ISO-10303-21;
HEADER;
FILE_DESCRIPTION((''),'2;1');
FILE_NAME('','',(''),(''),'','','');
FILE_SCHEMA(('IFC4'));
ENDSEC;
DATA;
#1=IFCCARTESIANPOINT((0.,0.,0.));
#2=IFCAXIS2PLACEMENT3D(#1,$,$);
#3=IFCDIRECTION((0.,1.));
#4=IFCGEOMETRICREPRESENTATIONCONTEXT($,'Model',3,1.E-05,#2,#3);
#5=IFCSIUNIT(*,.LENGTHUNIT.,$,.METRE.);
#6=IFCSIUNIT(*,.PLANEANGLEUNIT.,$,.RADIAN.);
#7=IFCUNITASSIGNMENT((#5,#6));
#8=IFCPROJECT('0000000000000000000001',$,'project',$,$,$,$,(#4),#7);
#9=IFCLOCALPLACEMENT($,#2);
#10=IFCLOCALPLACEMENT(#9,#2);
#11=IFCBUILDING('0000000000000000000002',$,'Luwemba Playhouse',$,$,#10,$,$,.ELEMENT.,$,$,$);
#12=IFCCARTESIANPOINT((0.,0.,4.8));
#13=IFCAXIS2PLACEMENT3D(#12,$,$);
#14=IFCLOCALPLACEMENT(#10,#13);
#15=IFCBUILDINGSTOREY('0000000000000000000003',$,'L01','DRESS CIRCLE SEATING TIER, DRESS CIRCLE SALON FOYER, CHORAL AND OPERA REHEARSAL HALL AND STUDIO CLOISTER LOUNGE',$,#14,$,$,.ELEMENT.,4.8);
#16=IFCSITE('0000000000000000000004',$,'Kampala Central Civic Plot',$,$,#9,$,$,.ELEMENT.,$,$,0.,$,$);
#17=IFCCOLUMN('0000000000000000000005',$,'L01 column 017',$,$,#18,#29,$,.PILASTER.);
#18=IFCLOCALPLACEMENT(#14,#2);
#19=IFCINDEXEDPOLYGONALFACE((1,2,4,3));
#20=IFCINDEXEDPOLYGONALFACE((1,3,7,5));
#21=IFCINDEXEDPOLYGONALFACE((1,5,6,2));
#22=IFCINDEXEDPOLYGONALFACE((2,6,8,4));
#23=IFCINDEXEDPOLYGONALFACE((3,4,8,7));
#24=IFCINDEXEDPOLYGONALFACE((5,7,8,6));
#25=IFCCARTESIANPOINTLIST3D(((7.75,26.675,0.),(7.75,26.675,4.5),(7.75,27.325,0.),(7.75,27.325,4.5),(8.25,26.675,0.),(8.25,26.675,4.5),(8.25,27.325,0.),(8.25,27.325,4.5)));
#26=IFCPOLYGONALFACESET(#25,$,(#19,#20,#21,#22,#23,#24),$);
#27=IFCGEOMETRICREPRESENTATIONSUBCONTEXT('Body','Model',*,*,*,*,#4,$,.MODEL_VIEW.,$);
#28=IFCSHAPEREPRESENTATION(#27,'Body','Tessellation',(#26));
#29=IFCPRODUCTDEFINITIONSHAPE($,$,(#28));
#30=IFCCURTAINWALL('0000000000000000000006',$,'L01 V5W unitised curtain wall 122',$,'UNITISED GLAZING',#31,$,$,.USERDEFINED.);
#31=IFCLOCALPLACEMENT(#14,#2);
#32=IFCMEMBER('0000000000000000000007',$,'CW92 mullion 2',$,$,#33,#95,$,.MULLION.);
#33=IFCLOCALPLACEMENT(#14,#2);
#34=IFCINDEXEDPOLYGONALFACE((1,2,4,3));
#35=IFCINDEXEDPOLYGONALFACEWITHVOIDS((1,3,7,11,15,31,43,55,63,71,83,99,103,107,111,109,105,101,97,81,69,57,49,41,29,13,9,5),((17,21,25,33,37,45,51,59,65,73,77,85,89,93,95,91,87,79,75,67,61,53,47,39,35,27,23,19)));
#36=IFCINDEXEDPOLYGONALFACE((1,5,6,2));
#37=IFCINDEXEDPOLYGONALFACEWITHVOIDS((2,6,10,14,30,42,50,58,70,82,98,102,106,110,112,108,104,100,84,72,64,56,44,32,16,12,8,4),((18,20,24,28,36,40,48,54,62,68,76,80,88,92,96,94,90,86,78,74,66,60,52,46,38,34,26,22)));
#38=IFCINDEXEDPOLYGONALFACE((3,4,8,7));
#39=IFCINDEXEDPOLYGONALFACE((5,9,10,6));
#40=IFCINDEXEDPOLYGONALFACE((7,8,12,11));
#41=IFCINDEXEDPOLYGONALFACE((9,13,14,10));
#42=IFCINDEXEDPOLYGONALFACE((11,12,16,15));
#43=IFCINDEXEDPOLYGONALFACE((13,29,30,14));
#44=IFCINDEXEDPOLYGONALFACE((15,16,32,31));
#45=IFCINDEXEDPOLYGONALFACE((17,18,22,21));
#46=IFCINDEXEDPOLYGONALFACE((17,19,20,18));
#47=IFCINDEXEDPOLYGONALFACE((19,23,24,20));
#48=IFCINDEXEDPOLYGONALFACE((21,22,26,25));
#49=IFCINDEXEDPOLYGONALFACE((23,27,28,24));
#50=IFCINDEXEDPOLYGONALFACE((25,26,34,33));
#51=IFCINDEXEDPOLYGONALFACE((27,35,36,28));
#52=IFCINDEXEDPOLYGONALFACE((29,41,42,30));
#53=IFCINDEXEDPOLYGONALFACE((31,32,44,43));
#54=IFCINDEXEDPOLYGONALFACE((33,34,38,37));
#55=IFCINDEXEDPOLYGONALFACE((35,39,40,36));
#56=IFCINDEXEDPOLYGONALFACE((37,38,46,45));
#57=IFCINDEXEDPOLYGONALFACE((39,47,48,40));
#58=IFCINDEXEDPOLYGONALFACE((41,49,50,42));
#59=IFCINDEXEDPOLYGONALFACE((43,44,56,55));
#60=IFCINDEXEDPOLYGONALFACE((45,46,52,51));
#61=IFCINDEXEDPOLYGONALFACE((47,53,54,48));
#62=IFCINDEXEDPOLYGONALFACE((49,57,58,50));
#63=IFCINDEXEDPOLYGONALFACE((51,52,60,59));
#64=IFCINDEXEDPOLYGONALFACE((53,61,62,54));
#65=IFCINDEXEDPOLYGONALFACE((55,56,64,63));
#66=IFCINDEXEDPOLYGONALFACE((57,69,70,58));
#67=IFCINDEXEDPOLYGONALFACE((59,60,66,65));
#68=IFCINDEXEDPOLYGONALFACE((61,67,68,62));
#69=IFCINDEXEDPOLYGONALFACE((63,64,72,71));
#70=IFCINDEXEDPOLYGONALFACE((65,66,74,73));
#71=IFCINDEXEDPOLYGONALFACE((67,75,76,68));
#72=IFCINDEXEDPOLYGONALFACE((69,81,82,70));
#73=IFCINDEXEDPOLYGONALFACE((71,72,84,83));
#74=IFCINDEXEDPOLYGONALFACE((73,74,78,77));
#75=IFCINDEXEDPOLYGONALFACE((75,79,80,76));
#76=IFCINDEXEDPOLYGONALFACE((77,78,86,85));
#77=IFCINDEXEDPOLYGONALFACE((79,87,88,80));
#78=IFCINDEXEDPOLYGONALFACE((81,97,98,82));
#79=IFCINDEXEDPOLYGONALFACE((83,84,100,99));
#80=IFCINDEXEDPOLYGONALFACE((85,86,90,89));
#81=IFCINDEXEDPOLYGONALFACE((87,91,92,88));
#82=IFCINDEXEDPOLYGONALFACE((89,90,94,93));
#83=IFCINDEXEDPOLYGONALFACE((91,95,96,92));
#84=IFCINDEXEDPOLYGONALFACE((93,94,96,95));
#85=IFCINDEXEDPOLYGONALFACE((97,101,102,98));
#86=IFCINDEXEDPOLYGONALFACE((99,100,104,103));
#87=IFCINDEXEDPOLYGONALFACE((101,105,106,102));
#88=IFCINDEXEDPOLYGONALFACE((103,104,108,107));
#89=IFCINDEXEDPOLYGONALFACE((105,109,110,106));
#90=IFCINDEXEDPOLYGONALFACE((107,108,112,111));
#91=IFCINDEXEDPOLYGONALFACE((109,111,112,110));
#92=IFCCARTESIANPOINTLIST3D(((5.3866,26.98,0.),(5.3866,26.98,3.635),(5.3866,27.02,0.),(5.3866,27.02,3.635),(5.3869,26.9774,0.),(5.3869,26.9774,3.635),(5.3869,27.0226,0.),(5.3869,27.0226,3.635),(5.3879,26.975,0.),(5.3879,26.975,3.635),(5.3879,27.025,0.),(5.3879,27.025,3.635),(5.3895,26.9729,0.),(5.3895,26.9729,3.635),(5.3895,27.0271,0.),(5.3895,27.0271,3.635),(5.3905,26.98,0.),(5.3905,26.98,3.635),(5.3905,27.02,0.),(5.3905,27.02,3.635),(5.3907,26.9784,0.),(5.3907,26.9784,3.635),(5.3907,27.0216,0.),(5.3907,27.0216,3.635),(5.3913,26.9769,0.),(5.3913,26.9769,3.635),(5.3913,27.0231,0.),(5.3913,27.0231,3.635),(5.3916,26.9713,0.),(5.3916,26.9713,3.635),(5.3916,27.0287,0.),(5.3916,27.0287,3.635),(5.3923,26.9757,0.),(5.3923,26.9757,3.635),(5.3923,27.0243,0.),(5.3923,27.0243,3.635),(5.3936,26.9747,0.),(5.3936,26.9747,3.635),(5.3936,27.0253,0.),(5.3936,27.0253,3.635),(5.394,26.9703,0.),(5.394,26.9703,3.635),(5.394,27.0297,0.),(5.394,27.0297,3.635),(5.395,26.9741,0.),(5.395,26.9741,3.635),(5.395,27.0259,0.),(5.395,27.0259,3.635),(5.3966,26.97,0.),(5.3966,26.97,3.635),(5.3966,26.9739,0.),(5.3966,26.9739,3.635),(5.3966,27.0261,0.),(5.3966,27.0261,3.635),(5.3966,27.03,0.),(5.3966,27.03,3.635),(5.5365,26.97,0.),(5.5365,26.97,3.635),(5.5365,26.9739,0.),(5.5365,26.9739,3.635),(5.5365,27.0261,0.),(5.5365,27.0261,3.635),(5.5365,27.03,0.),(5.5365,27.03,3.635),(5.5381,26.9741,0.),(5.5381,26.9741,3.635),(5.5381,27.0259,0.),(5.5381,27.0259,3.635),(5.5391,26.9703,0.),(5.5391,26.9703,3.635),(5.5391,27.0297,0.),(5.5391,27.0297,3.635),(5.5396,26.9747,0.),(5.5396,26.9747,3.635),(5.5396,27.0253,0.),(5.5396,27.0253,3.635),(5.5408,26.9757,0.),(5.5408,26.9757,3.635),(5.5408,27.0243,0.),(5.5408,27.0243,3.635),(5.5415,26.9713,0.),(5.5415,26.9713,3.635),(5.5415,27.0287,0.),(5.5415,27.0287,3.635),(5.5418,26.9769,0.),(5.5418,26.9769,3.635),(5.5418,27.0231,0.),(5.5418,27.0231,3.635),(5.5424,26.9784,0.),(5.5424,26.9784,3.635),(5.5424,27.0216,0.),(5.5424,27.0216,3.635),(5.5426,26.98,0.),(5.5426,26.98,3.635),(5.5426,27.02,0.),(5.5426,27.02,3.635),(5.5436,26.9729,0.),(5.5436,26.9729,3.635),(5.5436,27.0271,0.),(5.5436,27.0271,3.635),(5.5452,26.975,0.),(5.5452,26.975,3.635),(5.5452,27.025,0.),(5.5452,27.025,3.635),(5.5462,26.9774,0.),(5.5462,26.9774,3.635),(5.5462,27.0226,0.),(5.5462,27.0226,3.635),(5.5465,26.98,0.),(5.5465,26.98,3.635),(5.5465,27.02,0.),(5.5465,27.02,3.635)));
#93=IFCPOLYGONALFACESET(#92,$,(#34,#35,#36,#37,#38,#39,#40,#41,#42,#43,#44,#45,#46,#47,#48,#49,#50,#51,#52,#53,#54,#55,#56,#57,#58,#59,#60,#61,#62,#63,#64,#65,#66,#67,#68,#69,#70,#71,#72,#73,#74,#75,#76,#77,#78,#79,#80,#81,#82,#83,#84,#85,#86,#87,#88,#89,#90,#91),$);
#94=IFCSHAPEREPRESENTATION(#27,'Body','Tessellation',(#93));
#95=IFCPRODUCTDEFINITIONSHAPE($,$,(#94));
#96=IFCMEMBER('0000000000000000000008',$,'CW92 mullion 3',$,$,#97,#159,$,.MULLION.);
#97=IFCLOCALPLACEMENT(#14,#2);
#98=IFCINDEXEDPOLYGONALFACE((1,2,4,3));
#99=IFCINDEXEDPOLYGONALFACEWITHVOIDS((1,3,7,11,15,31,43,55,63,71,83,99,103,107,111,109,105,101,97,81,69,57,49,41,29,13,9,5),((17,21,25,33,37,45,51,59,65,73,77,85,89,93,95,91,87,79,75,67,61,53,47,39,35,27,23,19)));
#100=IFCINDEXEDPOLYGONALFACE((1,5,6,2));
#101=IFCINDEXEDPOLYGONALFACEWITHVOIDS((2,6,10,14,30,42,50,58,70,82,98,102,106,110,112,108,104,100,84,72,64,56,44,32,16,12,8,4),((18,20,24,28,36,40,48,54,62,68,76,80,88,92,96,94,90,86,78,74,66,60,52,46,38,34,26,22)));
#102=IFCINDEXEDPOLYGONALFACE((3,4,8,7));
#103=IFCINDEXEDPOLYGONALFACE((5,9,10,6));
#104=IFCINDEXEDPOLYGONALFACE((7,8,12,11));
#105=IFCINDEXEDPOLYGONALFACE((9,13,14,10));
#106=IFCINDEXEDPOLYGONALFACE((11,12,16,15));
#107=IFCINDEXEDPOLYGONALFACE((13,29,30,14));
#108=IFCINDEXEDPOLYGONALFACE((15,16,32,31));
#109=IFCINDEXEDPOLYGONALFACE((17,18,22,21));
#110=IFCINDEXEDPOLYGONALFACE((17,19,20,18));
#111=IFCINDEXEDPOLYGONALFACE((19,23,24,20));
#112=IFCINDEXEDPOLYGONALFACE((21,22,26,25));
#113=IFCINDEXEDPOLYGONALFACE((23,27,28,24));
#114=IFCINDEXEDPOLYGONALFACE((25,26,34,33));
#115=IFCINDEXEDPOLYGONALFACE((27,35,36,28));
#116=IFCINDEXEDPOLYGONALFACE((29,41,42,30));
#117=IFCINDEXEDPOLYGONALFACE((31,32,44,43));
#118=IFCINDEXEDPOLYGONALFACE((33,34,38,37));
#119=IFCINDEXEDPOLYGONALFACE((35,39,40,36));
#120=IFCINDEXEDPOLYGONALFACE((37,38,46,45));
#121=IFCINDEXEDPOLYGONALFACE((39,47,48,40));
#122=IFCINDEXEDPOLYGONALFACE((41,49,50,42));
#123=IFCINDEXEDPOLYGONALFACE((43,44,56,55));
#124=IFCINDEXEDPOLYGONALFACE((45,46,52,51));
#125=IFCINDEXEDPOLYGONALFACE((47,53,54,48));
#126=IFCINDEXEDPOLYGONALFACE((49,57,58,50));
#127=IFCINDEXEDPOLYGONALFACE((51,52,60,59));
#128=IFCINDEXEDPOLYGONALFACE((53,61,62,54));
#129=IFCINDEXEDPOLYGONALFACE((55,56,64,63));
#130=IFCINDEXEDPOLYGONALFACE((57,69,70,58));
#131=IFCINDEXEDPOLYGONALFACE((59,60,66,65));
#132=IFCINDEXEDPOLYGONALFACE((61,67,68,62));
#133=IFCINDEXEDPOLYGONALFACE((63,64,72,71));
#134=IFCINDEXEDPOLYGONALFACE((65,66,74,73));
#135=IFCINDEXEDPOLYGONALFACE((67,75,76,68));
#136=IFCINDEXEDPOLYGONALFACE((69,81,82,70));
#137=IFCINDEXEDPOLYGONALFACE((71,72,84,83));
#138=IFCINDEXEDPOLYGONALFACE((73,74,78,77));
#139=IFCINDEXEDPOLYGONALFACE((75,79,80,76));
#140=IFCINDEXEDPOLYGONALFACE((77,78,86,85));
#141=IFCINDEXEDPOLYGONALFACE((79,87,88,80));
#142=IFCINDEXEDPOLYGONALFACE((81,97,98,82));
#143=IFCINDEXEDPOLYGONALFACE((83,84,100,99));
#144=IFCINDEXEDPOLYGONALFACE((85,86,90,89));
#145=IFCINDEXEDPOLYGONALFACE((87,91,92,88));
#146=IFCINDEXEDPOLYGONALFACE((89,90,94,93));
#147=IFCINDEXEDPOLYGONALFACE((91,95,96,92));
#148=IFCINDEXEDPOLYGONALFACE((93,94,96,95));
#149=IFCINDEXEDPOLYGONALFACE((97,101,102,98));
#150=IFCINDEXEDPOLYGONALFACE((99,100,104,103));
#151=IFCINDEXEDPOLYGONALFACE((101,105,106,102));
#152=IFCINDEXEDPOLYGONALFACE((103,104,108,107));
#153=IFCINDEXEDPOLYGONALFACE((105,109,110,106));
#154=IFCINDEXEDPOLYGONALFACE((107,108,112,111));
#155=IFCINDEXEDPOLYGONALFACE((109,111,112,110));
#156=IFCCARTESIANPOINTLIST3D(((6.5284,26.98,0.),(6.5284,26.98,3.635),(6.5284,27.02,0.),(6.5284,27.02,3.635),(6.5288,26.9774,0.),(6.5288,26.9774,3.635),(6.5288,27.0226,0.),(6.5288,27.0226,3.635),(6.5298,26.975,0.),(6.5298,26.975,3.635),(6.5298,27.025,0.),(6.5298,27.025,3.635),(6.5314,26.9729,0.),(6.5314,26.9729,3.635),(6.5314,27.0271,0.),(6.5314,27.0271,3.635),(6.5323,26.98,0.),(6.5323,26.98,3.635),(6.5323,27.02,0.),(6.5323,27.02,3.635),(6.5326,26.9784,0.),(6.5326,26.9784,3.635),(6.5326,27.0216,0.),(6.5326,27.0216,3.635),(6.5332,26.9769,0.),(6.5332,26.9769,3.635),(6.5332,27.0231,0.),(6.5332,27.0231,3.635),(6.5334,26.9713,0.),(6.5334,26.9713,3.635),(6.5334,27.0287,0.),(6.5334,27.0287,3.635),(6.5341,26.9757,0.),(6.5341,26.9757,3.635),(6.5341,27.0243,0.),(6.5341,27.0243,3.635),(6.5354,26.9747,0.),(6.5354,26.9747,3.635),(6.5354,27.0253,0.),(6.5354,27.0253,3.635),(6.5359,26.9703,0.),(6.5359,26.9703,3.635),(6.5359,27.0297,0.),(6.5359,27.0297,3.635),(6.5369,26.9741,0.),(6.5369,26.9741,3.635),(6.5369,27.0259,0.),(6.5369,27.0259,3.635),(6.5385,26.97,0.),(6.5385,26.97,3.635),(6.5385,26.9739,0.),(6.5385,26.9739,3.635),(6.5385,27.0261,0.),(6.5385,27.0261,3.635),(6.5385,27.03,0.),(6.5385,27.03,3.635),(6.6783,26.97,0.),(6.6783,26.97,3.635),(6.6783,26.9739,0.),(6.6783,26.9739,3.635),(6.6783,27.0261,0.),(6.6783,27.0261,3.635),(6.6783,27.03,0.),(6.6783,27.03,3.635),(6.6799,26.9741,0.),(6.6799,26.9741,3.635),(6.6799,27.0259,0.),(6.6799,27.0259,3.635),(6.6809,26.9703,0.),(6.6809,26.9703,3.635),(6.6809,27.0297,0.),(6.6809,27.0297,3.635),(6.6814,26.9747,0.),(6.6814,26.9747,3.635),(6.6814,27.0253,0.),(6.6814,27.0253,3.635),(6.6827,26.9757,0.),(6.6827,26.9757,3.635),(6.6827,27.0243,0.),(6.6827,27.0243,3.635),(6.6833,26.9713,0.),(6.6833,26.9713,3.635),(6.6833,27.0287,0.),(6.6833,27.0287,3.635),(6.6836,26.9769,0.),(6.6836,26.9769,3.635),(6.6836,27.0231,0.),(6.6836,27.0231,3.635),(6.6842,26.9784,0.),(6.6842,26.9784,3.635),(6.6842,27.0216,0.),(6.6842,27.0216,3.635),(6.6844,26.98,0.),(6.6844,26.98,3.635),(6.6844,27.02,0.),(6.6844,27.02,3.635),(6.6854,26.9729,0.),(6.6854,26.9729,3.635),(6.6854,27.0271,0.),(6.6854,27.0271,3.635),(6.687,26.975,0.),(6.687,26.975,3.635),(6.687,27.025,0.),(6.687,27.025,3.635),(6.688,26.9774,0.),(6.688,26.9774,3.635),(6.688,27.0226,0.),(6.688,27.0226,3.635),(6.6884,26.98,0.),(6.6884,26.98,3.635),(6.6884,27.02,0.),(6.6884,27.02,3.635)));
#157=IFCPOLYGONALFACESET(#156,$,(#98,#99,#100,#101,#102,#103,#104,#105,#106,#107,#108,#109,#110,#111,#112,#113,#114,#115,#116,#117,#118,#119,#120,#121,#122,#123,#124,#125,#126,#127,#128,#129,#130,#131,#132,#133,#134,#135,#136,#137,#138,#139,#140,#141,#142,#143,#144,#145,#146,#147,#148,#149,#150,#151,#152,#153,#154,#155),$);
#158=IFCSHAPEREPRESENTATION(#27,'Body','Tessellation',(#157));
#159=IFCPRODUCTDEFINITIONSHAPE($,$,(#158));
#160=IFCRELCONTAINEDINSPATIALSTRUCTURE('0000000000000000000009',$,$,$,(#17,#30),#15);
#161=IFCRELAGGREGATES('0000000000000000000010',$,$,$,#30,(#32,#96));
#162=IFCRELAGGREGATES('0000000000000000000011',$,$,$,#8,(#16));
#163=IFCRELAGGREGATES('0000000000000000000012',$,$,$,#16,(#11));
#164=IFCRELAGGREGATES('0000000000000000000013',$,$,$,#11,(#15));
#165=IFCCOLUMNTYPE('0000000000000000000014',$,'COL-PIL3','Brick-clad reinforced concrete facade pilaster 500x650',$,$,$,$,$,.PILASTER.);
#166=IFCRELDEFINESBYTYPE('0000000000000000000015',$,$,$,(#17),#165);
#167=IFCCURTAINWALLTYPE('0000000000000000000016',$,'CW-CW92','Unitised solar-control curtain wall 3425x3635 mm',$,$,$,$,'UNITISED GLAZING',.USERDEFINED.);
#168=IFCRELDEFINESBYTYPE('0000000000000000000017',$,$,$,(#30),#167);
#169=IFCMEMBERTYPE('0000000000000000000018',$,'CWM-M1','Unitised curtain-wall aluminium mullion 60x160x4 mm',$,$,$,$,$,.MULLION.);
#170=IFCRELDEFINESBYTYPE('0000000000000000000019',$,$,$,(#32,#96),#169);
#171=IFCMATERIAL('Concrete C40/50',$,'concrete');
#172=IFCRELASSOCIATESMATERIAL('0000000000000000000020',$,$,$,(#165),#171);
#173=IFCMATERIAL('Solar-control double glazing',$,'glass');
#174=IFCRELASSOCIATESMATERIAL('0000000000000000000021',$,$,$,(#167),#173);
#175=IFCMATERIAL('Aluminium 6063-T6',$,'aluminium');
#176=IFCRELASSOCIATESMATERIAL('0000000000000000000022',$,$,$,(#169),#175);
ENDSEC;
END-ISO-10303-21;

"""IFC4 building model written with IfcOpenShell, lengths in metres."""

from ifc_helpers import new_model, si_unit, direction, frame, origin, origin_2d, place, context, subcontext, project, spatial, rectangle, hollow_rectangle, extrude, material, material_profile, profile_set, type_object, element, aggregate, save


model = new_model("IFC4")

# Units and contexts
model_context = context("Model", 3, precision=1e-05, world=origin(), true_north=direction((0.0, 1.0)))
body_context = subcontext(model_context, "Body", "Model", "MODEL_VIEW")
ifc_project = project(units=[si_unit("LENGTHUNIT", "METRE"), si_unit("PLANEANGLEUNIT", "RADIAN")], contexts=[model_context])

# Site, building, storey
site_placement = place(None, origin())
site = spatial("IfcSite", under=ifc_project, at=site_placement, Name="Kampala Central Civic Plot", CompositionType="ELEMENT", RefElevation=0.0)
building_placement = place(site_placement, origin())
building = spatial("IfcBuilding", under=site, at=building_placement, Name="Luwemba Playhouse", CompositionType="ELEMENT")
storey_placement = place(building_placement, frame((0.0, 0.0, 4.8)))
storey = spatial("IfcBuildingStorey", under=building, at=storey_placement, Name="L01", Description="DRESS CIRCLE SEATING TIER, DRESS CIRCLE SALON FOYER, CHORAL AND OPERA REHEARSAL HALL AND STUDIO CLOISTER LOUNGE", CompositionType="ELEMENT", Elevation=4.8)

# Column
ifc_material_1 = material(Name="Concrete C40/50", Category="concrete")
ifc_material_profile_1 = material_profile(ifc_material_1, rectangle(XDim=0.5, YDim=0.6499, at=origin_2d()))
ifc_profile_set_1 = profile_set([ifc_material_profile_1], Name="Concrete C40/50")
column_type = type_object("IfcColumnType", Name="COL-PIL3", Description="Brick-clad reinforced concrete facade pilaster 500x650", PredefinedType="PILASTER", material=ifc_profile_set_1)
column_placement = place(storey_placement, frame((8.0, 27.0, 0.0), z_axis=(0.0, 0.0, 1.0), x_axis=(1.0, 0.0, 0.0)))
element("IfcColumn", 1, at=column_placement, inside=storey, type_object=column_type, Name="L01 column 017", PredefinedType="PILASTER", context=body_context, shape_type="SweptSolid", body=[
    extrude(rectangle(XDim=0.5, YDim=0.6499, at=origin_2d()), origin(), (0.0, 0.0, 1.0), 4.5),
])

# Curtain wall, members
ifc_material_2 = material(Name="Solar-control double glazing", Category="glass")
curtain_wall_type_1 = type_object("IfcCurtainWallType", Name="CW-CW92", Description="Unitised solar-control curtain wall 3425x3635 mm", ElementType="UNITISED GLAZING", PredefinedType="USERDEFINED", material=ifc_material_2)
curtain_wall_1_placement = place(storey_placement, origin())
curtain_wall_1 = element("IfcCurtainWall", 2, at=curtain_wall_1_placement, inside=storey, type_object=curtain_wall_type_1, Name="L01 V5W unitised curtain wall 122", ObjectType="UNITISED GLAZING", PredefinedType="USERDEFINED")
ifc_material_3 = material(Name="Aluminium 6063-T6", Category="aluminium")
ifc_material_profile_2 = material_profile(ifc_material_3, hollow_rectangle(XDim=0.0601, YDim=0.1599, WallThickness=0.0039, InnerFilletRadius=0.0061, OuterFilletRadius=0.01, at=origin_2d()))
ifc_profile_set_2 = profile_set([ifc_material_profile_2], Name="Aluminium 6063-T6")
member_type_1 = type_object("IfcMemberType", Name="CWM-M1", Description="Unitised curtain-wall aluminium mullion 60x160x4 mm", PredefinedType="MULLION", material=ifc_profile_set_2)
member_1_placement = place(storey_placement, frame((5.4666, 27.0, 0.0), z_axis=(0.0, 0.0, 1.0), x_axis=(0.0, 1.0, 0.0)))
member_1 = element("IfcMember", 3, at=member_1_placement, type_object=member_type_1, Name="CW92 mullion 2", PredefinedType="MULLION", context=body_context, shape_type="SweptSolid", body=[
    extrude(hollow_rectangle(XDim=0.0601, YDim=0.1599, WallThickness=0.0039, InnerFilletRadius=0.0061, OuterFilletRadius=0.01, at=origin_2d()), origin(), (0.0, 0.0, 1.0), 3.635),
])
member_2_placement = place(storey_placement, frame((6.6084, 27.0, 0.0), z_axis=(0.0, 0.0, 1.0), x_axis=(0.0, 1.0, 0.0)))
member_2 = element("IfcMember", 4, at=member_2_placement, type_object=member_type_1, Name="CW92 mullion 3", PredefinedType="MULLION", context=body_context, shape_type="SweptSolid", body=[
    extrude(hollow_rectangle(XDim=0.0601, YDim=0.1599, WallThickness=0.0039, InnerFilletRadius=0.0061, OuterFilletRadius=0.01, at=origin_2d()), origin(), (0.0, 0.0, 1.0), 3.635),
])

aggregate(curtain_wall_1, [member_1, member_2])

save(model, "model.ifc")
